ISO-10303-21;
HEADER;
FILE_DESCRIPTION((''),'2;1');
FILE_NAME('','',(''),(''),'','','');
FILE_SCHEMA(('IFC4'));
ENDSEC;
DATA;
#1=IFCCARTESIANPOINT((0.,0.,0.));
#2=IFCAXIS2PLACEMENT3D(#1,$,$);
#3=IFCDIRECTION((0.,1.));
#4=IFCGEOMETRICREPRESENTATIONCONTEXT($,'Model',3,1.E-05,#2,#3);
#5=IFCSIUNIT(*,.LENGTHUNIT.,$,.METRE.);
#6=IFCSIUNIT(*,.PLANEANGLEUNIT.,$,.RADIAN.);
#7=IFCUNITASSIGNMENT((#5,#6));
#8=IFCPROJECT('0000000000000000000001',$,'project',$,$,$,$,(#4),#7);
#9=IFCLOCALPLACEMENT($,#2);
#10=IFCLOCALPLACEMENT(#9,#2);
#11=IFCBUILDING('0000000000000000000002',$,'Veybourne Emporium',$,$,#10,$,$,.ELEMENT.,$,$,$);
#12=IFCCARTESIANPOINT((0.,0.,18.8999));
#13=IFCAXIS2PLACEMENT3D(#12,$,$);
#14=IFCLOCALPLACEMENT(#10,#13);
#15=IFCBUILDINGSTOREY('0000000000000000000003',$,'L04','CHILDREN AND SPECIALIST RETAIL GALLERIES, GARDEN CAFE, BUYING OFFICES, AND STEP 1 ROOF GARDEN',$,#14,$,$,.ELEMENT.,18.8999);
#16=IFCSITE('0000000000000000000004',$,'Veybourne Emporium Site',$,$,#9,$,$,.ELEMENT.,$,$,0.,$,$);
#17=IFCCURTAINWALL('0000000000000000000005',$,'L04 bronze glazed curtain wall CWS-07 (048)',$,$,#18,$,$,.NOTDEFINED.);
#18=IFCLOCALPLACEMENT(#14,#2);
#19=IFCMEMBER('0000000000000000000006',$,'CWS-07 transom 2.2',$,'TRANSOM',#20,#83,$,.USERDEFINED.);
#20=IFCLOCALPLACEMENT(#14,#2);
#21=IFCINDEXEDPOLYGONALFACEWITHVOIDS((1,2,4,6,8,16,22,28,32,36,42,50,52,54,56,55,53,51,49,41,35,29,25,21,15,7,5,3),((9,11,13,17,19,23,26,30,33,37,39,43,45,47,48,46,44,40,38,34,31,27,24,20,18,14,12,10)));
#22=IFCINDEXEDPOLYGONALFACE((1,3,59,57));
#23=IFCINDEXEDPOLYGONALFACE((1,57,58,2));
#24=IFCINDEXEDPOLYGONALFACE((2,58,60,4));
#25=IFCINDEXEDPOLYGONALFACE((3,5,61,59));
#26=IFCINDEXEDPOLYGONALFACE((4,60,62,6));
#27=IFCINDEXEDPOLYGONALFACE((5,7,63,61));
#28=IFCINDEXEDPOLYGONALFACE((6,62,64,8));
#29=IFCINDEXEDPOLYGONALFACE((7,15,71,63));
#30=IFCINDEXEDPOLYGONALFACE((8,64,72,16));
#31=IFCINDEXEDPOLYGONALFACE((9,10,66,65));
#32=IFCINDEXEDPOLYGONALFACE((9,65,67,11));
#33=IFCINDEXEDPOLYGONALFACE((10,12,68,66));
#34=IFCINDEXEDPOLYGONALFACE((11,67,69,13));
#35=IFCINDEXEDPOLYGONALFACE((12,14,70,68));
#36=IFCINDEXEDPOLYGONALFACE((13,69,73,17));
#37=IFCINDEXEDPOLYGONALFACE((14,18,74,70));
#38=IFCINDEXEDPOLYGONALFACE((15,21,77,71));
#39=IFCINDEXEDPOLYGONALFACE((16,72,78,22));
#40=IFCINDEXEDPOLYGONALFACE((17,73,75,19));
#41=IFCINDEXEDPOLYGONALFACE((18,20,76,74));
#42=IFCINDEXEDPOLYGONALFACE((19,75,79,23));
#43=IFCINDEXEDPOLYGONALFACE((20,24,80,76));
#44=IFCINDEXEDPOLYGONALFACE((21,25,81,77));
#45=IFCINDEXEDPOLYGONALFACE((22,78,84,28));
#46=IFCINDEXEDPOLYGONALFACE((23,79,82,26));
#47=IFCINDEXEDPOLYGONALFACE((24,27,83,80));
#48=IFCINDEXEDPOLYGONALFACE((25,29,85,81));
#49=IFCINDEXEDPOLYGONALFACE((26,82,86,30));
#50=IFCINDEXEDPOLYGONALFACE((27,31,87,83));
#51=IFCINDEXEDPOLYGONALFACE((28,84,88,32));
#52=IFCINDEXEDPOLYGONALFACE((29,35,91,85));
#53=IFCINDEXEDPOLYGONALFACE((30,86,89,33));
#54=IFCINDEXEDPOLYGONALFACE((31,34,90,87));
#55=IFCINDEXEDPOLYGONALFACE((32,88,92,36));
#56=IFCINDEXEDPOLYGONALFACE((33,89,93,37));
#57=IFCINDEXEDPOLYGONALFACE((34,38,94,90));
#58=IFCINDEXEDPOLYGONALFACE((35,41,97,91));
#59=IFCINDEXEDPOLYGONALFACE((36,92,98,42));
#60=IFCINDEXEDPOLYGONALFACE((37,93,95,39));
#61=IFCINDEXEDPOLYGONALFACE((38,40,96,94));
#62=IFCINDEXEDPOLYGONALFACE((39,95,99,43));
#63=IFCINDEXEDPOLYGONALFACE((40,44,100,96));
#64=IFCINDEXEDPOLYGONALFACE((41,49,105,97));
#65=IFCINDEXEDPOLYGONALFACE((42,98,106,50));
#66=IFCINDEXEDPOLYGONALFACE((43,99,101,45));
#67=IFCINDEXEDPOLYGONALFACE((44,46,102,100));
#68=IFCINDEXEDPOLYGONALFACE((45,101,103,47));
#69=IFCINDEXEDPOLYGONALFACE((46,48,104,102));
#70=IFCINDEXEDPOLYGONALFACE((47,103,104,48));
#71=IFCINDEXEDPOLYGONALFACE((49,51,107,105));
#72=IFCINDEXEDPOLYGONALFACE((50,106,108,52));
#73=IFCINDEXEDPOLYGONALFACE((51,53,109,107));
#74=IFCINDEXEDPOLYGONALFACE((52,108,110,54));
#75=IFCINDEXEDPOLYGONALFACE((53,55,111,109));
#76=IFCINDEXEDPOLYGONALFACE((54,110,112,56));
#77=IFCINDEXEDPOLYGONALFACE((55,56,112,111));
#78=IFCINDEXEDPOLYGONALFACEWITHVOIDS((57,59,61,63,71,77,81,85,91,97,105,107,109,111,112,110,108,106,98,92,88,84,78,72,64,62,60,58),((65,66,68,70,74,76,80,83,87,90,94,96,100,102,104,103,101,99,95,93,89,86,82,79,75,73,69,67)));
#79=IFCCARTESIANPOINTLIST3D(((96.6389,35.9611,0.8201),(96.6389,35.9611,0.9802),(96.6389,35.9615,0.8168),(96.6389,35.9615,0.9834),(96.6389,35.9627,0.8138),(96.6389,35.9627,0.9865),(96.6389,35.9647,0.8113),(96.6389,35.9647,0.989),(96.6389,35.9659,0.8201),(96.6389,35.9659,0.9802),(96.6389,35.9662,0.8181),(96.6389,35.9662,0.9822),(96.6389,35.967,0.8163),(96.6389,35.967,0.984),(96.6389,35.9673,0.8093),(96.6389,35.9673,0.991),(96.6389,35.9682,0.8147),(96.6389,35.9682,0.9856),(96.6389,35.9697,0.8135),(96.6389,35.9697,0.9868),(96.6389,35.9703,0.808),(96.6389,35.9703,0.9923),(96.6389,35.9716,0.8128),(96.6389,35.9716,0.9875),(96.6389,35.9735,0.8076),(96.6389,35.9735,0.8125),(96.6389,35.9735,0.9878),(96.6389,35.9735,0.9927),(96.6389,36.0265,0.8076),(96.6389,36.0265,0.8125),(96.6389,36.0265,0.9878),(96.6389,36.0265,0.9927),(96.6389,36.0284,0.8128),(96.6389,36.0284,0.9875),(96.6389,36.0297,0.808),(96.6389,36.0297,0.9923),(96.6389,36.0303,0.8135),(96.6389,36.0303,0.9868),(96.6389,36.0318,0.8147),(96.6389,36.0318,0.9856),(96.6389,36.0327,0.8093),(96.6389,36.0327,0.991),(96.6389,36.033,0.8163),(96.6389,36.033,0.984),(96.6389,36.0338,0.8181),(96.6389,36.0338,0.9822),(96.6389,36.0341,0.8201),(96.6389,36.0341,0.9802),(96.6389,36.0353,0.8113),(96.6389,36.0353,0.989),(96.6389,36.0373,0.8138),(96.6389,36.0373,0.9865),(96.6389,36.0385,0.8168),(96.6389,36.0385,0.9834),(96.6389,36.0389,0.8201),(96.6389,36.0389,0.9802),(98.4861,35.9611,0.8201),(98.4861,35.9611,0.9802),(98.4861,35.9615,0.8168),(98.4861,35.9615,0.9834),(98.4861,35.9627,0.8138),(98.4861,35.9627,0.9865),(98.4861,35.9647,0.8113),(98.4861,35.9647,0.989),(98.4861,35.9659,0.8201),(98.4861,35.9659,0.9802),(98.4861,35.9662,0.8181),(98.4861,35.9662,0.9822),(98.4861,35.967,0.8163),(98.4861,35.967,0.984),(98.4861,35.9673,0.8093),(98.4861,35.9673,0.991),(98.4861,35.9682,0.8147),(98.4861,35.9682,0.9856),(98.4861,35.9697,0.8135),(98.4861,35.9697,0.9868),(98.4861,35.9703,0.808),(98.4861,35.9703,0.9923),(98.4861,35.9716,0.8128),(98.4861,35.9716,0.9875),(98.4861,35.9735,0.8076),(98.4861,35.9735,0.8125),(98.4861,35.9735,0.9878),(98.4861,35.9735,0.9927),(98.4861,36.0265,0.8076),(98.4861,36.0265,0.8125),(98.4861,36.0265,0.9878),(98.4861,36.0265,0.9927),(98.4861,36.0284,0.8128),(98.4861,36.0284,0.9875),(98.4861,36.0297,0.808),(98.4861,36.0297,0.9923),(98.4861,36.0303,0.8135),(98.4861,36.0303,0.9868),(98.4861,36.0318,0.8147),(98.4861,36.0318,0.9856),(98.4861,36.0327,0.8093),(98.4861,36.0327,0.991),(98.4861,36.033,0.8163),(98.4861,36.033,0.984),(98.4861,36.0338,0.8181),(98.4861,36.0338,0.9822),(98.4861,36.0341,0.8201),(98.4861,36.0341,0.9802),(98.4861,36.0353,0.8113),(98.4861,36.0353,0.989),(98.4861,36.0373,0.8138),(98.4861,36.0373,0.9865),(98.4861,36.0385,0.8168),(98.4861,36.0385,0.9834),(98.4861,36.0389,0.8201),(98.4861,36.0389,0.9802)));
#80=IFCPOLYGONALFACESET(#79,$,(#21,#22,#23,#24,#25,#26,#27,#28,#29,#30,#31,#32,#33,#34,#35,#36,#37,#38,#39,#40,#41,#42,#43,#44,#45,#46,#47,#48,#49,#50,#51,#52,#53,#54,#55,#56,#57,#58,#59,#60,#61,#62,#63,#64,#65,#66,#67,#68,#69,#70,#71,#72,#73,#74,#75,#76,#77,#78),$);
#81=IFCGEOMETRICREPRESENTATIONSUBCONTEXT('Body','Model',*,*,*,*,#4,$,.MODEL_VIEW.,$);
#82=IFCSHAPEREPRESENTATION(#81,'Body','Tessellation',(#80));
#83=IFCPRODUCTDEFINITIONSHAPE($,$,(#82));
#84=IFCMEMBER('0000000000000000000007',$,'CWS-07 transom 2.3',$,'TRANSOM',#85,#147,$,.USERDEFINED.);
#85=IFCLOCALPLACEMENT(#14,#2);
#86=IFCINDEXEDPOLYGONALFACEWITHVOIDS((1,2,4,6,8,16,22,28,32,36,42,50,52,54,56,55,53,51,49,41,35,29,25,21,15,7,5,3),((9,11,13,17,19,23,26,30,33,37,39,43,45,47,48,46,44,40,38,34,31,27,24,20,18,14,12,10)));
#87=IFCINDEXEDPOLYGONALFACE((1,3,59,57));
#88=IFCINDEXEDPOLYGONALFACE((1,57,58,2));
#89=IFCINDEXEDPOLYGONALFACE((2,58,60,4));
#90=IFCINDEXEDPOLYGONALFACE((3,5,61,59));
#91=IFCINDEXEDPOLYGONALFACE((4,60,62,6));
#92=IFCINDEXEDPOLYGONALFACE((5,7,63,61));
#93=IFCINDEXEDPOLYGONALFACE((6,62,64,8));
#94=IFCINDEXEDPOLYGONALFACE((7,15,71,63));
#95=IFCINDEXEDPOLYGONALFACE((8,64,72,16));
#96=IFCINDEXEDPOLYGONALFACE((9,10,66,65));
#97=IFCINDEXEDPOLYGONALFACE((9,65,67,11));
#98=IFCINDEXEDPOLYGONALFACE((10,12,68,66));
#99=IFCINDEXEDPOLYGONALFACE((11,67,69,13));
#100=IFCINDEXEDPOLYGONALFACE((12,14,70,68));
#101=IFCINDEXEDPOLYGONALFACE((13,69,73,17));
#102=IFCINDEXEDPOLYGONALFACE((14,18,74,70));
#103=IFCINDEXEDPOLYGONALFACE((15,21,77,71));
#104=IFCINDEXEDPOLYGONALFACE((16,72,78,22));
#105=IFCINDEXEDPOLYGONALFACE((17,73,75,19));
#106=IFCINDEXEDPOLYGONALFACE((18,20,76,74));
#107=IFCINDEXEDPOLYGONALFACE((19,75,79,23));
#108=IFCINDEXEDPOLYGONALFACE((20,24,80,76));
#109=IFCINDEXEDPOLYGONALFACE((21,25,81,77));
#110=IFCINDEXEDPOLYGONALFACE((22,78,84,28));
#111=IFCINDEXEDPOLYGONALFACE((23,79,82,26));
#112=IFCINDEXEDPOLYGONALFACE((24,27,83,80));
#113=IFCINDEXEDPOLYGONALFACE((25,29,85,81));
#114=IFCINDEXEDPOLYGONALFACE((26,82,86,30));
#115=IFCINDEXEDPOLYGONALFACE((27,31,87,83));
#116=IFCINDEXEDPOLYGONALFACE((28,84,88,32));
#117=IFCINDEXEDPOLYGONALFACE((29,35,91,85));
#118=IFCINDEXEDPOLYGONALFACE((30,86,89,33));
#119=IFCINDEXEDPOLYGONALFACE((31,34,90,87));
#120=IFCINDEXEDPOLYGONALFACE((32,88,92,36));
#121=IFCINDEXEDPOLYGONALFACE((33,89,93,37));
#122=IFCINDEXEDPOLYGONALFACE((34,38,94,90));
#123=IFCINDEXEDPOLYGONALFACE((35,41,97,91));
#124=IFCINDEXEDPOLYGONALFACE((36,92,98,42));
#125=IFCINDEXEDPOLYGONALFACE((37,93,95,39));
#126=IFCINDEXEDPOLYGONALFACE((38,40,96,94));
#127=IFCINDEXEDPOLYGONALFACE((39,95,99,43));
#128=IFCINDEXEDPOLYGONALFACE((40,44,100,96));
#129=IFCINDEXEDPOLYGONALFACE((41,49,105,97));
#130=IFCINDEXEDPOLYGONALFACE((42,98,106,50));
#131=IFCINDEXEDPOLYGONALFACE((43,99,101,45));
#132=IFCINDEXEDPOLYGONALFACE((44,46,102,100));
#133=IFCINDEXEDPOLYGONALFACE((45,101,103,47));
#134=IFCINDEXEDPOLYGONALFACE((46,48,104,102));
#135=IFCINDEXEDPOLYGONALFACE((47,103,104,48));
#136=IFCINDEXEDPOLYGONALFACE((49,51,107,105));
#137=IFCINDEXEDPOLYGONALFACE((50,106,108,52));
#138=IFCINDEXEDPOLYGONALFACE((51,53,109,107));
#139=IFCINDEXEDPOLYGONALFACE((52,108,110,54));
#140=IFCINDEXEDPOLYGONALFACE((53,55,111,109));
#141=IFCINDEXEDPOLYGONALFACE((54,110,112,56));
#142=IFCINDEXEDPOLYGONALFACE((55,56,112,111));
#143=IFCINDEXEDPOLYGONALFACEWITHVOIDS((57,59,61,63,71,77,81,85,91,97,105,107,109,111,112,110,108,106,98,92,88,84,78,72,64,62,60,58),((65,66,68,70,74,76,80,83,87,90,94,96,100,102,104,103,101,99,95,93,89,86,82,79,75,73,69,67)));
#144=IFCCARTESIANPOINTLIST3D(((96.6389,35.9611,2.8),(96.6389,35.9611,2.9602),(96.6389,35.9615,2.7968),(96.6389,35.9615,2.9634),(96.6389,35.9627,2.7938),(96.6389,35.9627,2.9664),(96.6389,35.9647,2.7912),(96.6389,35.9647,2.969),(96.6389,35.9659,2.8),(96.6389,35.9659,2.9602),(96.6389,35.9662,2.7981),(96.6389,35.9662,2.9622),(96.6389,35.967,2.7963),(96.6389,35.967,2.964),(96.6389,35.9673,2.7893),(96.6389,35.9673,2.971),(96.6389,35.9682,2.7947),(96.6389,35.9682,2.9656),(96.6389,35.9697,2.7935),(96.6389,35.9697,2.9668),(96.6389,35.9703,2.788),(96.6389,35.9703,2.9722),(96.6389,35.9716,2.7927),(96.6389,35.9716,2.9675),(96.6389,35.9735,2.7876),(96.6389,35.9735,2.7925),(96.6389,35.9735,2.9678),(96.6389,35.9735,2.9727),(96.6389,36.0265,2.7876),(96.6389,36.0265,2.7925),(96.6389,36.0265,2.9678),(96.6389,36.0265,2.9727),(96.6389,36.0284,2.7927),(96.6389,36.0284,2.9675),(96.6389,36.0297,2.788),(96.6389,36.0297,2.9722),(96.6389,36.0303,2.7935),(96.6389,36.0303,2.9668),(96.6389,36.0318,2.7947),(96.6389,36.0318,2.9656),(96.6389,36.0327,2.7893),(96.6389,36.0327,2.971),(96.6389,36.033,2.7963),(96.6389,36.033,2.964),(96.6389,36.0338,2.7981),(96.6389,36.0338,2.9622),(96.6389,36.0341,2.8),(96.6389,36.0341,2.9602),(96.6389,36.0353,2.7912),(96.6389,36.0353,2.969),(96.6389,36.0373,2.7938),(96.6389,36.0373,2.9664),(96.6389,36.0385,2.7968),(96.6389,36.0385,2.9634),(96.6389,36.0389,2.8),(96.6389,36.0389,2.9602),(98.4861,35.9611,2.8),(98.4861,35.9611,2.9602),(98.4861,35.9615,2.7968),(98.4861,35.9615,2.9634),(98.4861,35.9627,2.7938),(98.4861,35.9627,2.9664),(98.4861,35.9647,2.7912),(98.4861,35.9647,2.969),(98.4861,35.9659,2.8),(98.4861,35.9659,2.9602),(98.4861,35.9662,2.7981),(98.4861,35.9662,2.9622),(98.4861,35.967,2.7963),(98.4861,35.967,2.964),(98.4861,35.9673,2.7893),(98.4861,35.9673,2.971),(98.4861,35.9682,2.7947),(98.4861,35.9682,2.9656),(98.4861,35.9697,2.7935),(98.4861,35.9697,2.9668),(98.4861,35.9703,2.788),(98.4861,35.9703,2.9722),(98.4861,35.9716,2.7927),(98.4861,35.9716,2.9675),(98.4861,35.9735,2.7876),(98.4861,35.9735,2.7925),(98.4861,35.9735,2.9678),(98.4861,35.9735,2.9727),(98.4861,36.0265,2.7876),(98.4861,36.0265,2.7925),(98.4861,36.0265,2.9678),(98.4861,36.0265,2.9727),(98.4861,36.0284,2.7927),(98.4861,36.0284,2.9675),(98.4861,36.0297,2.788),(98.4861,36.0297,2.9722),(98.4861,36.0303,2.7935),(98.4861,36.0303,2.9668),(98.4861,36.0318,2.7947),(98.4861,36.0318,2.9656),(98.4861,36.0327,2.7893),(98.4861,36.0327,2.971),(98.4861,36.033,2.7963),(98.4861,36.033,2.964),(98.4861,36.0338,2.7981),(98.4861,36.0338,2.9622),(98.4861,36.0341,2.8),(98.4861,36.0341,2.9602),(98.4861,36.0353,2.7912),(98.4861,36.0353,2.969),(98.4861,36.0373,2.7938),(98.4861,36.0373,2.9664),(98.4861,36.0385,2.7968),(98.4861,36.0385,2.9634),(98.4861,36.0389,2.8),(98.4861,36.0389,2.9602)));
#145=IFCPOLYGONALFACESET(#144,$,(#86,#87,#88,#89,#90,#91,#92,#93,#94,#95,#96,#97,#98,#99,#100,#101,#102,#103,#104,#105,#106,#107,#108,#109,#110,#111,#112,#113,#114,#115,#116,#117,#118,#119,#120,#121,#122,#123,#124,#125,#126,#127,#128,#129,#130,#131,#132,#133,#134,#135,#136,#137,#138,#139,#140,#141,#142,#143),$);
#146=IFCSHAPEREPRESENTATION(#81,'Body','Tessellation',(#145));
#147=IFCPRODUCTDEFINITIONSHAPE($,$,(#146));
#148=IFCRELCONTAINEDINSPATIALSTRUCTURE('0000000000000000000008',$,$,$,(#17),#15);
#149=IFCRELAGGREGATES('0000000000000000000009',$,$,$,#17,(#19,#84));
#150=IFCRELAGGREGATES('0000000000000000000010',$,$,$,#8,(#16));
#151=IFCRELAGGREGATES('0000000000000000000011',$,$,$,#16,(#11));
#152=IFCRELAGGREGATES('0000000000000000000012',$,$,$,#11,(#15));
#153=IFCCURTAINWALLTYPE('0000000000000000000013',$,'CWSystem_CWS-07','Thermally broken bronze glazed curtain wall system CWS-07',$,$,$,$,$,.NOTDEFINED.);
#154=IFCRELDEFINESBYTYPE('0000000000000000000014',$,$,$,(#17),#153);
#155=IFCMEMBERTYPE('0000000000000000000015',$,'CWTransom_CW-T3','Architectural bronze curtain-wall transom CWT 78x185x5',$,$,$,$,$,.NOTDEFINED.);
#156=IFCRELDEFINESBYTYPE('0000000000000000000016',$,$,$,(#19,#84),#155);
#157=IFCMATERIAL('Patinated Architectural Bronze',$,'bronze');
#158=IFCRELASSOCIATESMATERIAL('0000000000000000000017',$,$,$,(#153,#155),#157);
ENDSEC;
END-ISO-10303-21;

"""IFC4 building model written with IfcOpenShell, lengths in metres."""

from ifc_helpers import new_model, si_unit, direction, frame, origin, origin_2d, place, context, subcontext, project, spatial, hollow_rectangle, extrude, material, material_profile, profile_set, type_object, element, aggregate, save


model = new_model("IFC4")

# Units and contexts
model_context = context("Model", 3, precision=1e-05, world=origin(), true_north=direction((0.0, 1.0)))
body_context = subcontext(model_context, "Body", "Model", "MODEL_VIEW")
ifc_project = project(units=[si_unit("LENGTHUNIT", "METRE"), si_unit("PLANEANGLEUNIT", "RADIAN")], contexts=[model_context])

# Site, building, storey
site_placement = place(None, origin())
site = spatial("IfcSite", under=ifc_project, at=site_placement, Name="Veybourne Emporium Site", CompositionType="ELEMENT", RefElevation=0.0)
building_placement = place(site_placement, origin())
building = spatial("IfcBuilding", under=site, at=building_placement, Name="Veybourne Emporium", CompositionType="ELEMENT")
storey_placement = place(building_placement, frame((0.0, 0.0, 18.8999)))
storey = spatial("IfcBuildingStorey", under=building, at=storey_placement, Name="L04", Description="CHILDREN AND SPECIALIST RETAIL GALLERIES, GARDEN CAFE, BUYING OFFICES, AND STEP 1 ROOF GARDEN", CompositionType="ELEMENT", Elevation=18.8999)

# Curtain wall, members
ifc_material_1 = material(Name="Patinated Architectural Bronze", Category="bronze")
curtain_wall_type = type_object("IfcCurtainWallType", Name="CWSystem_CWS-07", Description="Thermally broken bronze glazed curtain wall system CWS-07", PredefinedType="NOTDEFINED", material=ifc_material_1)
curtain_wall_placement = place(storey_placement, origin())
curtain_wall = element("IfcCurtainWall", 1, at=curtain_wall_placement, inside=storey, type_object=curtain_wall_type, Name="L04 bronze glazed curtain wall CWS-07 (048)", PredefinedType="NOTDEFINED")
ifc_material_profile_1 = material_profile(ifc_material_1, hollow_rectangle(XDim=0.0779, YDim=0.1851, WallThickness=0.0049, InnerFilletRadius=0.0076, OuterFilletRadius=0.0125, at=origin_2d()), Name="CWT 78x185x5")
ifc_profile_set_1 = profile_set([ifc_material_profile_1], Name="Patinated Architectural Bronze")
member_type_1 = type_object("IfcMemberType", Name="CWTransom_CW-T3", Description="Architectural bronze curtain-wall transom CWT 78x185x5", PredefinedType="NOTDEFINED", material=ifc_profile_set_1)
member_1_placement = place(storey_placement, frame((98.4861, 36.0, 0.9001), z_axis=(-1.0, 0.0, 0.0), x_axis=(0.0, -1.0, 0.0)))
member_1 = element("IfcMember", 2, at=member_1_placement, type_object=member_type_1, Name="CWS-07 transom 2.2", ObjectType="TRANSOM", PredefinedType="USERDEFINED", context=body_context, shape_type="SweptSolid", body=[
    extrude(hollow_rectangle(XDim=0.0779, YDim=0.1851, WallThickness=0.0049, InnerFilletRadius=0.0076, OuterFilletRadius=0.0125, at=origin_2d()), origin(), (0.0, 0.0, 1.0), 1.8472),
])
member_2_placement = place(storey_placement, frame((98.4861, 36.0, 2.8801), z_axis=(-1.0, 0.0, 0.0), x_axis=(0.0, -1.0, 0.0)))
member_2 = element("IfcMember", 3, at=member_2_placement, type_object=member_type_1, Name="CWS-07 transom 2.3", ObjectType="TRANSOM", PredefinedType="USERDEFINED", context=body_context, shape_type="SweptSolid", body=[
    extrude(hollow_rectangle(XDim=0.0779, YDim=0.1851, WallThickness=0.0049, InnerFilletRadius=0.0076, OuterFilletRadius=0.0125, at=origin_2d()), origin(), (0.0, 0.0, 1.0), 1.8472),
])
aggregate(curtain_wall, [member_1, member_2])

save(model, "model.ifc")
